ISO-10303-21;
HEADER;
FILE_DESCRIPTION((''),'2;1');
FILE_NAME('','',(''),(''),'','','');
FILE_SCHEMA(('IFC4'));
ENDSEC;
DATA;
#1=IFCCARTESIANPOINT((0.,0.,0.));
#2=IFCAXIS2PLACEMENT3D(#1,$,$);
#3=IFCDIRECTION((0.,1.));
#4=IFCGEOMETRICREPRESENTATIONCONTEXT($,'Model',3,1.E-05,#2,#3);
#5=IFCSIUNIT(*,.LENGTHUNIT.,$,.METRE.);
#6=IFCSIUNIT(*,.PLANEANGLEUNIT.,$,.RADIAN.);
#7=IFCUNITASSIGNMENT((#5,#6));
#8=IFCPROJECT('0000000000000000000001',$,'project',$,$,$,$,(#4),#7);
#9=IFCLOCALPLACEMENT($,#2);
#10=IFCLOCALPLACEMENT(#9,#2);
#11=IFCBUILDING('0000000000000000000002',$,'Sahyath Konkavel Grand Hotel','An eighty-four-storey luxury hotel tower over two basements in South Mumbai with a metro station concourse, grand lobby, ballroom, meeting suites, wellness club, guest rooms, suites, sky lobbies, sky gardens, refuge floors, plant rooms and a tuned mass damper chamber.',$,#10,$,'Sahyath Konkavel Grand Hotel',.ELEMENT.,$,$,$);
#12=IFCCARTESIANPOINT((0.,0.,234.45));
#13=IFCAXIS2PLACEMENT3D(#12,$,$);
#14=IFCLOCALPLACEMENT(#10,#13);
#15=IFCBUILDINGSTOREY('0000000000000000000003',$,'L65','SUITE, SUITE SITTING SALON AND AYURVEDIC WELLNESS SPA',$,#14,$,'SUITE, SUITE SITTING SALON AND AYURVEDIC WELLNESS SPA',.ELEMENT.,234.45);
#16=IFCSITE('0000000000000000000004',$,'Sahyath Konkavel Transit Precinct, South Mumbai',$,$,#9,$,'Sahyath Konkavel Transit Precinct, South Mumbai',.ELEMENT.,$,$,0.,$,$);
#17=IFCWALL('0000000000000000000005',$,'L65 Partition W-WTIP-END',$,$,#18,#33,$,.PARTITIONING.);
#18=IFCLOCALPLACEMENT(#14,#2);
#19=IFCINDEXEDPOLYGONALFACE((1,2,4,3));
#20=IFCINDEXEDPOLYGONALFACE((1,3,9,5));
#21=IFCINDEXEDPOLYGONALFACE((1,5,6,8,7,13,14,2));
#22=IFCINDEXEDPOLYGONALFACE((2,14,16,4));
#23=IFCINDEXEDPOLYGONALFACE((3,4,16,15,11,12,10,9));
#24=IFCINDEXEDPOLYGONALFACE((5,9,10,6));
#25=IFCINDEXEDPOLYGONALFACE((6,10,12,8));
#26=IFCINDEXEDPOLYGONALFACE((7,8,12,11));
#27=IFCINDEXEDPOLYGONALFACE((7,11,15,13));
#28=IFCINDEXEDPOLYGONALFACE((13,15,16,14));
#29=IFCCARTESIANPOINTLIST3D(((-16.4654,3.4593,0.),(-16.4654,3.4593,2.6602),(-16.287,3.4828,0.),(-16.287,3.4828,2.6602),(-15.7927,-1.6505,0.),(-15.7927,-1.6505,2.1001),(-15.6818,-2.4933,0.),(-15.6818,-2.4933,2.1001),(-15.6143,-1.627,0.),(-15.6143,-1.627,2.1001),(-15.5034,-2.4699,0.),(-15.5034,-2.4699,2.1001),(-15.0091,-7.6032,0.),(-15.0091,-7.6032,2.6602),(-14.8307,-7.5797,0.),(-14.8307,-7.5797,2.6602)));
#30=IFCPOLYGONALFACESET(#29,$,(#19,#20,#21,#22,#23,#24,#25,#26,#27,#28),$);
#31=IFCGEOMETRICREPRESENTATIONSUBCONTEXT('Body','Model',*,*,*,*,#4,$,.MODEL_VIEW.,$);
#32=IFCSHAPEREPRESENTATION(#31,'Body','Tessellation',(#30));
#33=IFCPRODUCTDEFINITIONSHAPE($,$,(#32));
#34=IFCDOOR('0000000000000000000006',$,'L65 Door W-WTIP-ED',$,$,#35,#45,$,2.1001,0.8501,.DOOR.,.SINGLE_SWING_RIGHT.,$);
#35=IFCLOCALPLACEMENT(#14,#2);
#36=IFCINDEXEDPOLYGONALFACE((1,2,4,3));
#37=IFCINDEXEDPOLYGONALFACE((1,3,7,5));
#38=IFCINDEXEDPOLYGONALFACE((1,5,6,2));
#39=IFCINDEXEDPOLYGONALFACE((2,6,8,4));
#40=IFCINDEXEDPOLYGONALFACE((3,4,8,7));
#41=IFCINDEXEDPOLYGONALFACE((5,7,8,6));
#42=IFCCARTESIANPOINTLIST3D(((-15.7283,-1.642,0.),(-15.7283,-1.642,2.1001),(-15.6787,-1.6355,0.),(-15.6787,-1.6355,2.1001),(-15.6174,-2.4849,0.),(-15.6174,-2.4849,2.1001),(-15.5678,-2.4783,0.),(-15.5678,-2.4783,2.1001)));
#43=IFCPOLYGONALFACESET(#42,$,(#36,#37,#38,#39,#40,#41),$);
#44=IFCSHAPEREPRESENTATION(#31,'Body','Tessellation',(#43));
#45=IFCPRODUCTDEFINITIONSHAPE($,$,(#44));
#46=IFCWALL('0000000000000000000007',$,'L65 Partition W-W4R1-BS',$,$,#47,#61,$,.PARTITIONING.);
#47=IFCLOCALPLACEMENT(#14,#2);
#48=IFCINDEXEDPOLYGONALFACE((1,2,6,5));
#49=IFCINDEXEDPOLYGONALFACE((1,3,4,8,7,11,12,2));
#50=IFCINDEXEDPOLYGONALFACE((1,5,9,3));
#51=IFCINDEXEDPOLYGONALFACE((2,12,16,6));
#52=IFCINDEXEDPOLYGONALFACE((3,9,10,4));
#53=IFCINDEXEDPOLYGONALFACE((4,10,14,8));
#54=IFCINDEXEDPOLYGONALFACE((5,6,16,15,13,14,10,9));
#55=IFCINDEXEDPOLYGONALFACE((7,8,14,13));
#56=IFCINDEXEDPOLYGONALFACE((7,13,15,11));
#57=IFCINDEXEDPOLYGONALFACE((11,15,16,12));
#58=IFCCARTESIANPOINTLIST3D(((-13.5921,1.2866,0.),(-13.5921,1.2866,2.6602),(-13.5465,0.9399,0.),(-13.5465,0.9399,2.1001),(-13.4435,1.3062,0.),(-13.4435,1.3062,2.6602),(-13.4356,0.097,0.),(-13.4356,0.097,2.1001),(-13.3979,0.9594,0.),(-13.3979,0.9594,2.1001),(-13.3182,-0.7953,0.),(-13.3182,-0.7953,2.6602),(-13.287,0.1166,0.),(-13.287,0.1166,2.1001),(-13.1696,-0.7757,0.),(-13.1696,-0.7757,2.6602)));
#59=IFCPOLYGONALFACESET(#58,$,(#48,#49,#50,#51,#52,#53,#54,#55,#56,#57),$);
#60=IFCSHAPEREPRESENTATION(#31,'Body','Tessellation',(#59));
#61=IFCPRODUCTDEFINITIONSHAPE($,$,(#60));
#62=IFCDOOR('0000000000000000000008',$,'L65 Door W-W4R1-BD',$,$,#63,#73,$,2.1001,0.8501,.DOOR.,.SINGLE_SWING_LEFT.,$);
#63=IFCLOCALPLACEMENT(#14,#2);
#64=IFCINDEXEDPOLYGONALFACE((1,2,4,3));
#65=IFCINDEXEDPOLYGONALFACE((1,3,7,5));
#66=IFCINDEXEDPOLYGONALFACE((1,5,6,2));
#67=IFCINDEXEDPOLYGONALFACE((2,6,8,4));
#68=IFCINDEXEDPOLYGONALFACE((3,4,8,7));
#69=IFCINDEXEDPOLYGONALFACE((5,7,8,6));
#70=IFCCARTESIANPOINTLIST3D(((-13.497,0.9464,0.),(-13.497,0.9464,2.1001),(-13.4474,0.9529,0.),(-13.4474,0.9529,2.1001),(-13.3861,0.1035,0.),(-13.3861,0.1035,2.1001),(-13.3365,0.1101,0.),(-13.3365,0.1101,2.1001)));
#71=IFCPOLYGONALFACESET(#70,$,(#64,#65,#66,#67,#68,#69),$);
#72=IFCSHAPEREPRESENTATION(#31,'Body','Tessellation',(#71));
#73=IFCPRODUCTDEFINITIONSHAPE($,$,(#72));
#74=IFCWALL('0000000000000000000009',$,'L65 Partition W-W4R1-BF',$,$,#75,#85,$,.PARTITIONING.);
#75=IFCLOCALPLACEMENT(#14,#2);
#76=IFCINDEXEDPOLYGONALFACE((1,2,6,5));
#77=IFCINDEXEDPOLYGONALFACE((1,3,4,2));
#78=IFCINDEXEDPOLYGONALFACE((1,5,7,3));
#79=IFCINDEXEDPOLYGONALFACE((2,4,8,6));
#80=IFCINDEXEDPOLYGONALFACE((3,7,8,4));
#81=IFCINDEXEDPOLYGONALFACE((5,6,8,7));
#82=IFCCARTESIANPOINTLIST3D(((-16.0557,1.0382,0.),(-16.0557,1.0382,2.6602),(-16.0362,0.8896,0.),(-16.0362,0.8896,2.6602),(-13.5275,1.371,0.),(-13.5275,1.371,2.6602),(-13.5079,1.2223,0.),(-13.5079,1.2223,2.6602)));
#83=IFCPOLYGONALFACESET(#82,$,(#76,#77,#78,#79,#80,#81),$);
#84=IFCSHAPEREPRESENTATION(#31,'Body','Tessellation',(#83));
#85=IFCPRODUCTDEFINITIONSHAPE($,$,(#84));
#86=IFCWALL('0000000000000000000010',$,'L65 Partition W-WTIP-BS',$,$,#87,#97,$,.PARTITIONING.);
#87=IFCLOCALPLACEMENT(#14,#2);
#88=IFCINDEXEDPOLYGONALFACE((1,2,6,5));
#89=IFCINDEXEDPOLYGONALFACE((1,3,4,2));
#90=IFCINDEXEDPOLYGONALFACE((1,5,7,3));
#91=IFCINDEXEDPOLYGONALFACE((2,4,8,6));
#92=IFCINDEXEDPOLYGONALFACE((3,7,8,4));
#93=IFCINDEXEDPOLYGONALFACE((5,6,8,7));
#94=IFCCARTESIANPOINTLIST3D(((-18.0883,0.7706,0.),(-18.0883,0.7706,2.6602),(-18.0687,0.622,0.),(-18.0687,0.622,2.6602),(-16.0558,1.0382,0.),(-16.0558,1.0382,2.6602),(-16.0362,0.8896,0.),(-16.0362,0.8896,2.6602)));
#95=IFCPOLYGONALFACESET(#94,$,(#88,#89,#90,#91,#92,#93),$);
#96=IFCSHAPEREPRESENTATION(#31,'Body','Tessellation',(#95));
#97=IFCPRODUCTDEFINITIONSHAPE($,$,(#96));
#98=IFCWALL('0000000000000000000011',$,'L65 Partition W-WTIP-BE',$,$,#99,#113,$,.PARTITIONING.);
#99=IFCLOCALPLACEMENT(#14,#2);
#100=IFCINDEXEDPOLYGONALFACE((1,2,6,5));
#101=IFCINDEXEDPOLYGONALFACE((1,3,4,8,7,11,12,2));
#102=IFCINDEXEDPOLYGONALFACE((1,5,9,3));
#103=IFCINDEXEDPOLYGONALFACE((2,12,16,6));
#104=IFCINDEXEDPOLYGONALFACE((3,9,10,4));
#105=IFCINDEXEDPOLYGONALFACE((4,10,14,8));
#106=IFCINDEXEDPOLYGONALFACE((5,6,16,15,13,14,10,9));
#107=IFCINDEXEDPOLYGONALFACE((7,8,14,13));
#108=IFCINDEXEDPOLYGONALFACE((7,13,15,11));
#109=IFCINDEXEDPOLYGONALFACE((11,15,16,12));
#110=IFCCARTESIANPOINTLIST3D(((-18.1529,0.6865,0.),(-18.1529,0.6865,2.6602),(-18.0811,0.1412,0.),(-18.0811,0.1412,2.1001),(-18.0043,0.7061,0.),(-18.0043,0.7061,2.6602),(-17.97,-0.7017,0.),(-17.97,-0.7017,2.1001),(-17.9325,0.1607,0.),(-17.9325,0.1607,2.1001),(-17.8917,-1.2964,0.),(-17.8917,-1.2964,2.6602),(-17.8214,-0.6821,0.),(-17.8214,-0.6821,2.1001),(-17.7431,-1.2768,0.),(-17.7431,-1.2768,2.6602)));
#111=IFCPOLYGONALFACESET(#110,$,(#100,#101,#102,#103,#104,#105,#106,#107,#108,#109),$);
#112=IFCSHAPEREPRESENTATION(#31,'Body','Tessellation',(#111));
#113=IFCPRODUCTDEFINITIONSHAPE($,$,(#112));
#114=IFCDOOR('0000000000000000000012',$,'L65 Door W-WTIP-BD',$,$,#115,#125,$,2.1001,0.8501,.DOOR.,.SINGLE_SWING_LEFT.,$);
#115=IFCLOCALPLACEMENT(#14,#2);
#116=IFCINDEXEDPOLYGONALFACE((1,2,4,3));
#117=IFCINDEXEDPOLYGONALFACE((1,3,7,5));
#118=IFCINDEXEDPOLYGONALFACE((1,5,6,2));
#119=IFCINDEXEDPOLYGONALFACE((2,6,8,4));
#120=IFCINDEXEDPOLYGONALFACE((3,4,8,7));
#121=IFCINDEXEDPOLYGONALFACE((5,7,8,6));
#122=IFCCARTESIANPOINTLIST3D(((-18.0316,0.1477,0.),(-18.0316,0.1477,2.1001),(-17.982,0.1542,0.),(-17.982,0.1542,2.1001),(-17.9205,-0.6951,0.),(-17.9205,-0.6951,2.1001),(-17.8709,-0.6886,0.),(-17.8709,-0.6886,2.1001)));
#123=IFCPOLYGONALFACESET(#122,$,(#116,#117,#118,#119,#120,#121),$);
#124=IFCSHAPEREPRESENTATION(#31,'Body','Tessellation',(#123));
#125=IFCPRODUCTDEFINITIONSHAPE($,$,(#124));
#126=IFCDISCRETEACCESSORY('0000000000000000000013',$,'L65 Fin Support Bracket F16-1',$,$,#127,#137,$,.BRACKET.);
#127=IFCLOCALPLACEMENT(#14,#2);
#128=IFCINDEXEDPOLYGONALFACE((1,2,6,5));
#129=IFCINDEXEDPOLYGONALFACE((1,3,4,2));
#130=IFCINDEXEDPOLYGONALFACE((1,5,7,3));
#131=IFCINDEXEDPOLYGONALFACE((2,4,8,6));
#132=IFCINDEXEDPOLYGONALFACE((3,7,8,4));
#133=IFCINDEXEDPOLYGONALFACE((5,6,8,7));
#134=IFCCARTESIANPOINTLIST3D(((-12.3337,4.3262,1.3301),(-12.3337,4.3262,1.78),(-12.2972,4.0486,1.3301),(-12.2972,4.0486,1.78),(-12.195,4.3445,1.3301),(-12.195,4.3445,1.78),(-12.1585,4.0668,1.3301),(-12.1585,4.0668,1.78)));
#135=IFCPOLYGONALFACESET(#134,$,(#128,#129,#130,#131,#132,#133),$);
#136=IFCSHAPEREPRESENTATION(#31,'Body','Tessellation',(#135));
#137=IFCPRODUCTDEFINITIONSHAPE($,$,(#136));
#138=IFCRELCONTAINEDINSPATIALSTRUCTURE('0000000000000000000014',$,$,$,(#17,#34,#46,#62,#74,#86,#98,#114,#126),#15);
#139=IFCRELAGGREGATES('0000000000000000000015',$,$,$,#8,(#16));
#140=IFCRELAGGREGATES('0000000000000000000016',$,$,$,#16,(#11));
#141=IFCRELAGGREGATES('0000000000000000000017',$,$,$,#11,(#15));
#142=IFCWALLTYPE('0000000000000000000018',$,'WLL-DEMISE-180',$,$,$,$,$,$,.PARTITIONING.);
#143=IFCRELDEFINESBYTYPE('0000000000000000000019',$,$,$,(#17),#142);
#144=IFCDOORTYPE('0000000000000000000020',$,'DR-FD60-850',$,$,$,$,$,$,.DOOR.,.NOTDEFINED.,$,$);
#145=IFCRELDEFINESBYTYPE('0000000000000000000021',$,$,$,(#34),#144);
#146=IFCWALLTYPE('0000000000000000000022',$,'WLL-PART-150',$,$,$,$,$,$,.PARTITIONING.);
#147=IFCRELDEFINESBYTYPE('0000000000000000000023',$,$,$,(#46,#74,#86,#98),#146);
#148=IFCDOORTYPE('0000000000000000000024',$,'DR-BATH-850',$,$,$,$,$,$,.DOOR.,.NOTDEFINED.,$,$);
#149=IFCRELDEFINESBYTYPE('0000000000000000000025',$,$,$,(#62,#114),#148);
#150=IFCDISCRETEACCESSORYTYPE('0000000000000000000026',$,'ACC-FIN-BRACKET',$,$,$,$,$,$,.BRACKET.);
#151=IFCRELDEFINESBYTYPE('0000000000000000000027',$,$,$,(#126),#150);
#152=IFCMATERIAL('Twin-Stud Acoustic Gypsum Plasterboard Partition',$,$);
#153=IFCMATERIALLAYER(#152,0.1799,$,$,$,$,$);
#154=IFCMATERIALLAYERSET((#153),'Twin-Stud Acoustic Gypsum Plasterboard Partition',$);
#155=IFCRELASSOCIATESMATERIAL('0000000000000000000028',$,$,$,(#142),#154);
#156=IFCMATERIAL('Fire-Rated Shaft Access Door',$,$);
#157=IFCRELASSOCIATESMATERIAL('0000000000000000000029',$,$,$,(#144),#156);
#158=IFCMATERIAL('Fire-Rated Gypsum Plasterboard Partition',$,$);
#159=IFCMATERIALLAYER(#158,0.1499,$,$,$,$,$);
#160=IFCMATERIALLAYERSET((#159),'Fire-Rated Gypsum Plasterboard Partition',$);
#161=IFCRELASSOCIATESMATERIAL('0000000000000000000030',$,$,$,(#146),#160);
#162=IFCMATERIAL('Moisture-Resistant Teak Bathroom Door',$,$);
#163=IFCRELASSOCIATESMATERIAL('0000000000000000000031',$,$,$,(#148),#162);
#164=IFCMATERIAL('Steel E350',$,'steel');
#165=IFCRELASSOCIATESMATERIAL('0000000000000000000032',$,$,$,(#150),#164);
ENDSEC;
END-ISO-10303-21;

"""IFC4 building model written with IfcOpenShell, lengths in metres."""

from ifc_helpers import new_model, si_unit, direction, frame, frame_2d, origin, origin_2d, place, context, subcontext, project, spatial, rectangle, extrude, source, transform, mapped, material, layer, layer_set, type_object, element, fill, save


model = new_model("IFC4")

# Units and contexts
model_context = context("Model", 3, precision=1e-05, world=origin(), true_north=direction((0.0, 1.0)))
body_context = subcontext(model_context, "Body", "Model", "MODEL_VIEW")
ifc_project = project(units=[si_unit("LENGTHUNIT", "METRE"), si_unit("PLANEANGLEUNIT", "RADIAN")], contexts=[model_context])

# Site, building, storey
site_placement = place(None, origin())
site = spatial("IfcSite", under=ifc_project, at=site_placement, Name="Sahyath Konkavel Transit Precinct, South Mumbai", LongName="Sahyath Konkavel Transit Precinct, South Mumbai", CompositionType="ELEMENT", RefElevation=0.0)
building_placement = place(site_placement, origin())
building = spatial("IfcBuilding", under=site, at=building_placement, Name="Sahyath Konkavel Grand Hotel", Description="An eighty-four-storey luxury hotel tower over two basements in South Mumbai with a metro station concourse, grand lobby, ballroom, meeting suites, wellness club, guest rooms, suites, sky lobbies, sky gardens, refuge floors, plant rooms and a tuned mass damper chamber.", LongName="Sahyath Konkavel Grand Hotel", CompositionType="ELEMENT")
storey_placement = place(building_placement, frame((0.0, 0.0, 234.45)))
storey = spatial("IfcBuildingStorey", under=building, at=storey_placement, Name="L65", Description="SUITE, SUITE SITTING SALON AND AYURVEDIC WELLNESS SPA", LongName="SUITE, SUITE SITTING SALON AND AYURVEDIC WELLNESS SPA", CompositionType="ELEMENT", Elevation=234.45)

# Shared definitions
ifc_material_1 = material(Name="Steel E350", Category="steel")

# Walls, openings, doors
ifc_material_2 = material(Name="Twin-Stud Acoustic Gypsum Plasterboard Partition")
ifc_layer_1 = layer(ifc_material_2, 0.1799)
ifc_layer_set_1 = layer_set([ifc_layer_1], Name="Twin-Stud Acoustic Gypsum Plasterboard Partition")
wall_type_1 = type_object("IfcWallType", Name="WLL-DEMISE-180", PredefinedType="PARTITIONING", material=ifc_layer_set_1)
wall_1_placement = place(storey_placement, frame((-16.3762, 3.4712, 0.0), z_axis=(0.0, 0.0, 1.0), x_axis=(0.130517, -0.991446, 0.0)))
wall_1 = element("IfcWall", 1, at=wall_1_placement, inside=storey, type_object=wall_type_1, Name="L65 Partition W-WTIP-END", PredefinedType="PARTITIONING", context=body_context, shape_type="SweptSolid", body=[
    extrude(rectangle(XDim=11.158, YDim=0.1799, at=frame_2d((5.5791, 0.0))), origin(), (0.0, 0.0, 1.0), 2.6602),
])
opening_1_placement = place(wall_1_placement, frame((5.1541, 0.0, 0.0)))
opening_1 = element("IfcOpeningElement", 2, at=opening_1_placement, cuts=wall_1, PredefinedType="OPENING", context=body_context, shape_type="SweptSolid", body=[
    extrude(rectangle(XDim=0.8501, YDim=2.1001, at=frame_2d((0.425, 1.05))), frame((0.0, 0.1001, 0.0), z_axis=(0.0, -1.0, 0.0), x_axis=(1.0, 0.0, 0.0)), (0.0, 0.0, 1.0), 0.2),
])
ifc_material_3 = material(Name="Fire-Rated Shaft Access Door")
door_type_1 = type_object("IfcDoorType", Name="DR-FD60-850", OperationType="NOTDEFINED", PredefinedType="DOOR", material=ifc_material_3)
shared_shape_1 = source(origin(), body_context, "Body", "SweptSolid", [
    extrude(rectangle(XDim=0.8501, YDim=0.05, at=origin_2d()), origin(), (0.0, 0.0, 1.0), 2.1001),
])
door_1_placement = place(opening_1_placement, frame((0.425, 0.0, 0.0)))
door_1 = element("IfcDoor", 3, at=door_1_placement, inside=storey, type_object=door_type_1, Name="L65 Door W-WTIP-ED", OperationType="SINGLE_SWING_RIGHT", OverallHeight=2.1001, OverallWidth=0.8501, PredefinedType="DOOR", context=body_context, shape_type="MappedRepresentation", body=[
    mapped(shared_shape_1, transform((0.0, 0.0, 0.0), scale=1.0)),
])
fill(opening_1, door_1)
ifc_material_4 = material(Name="Fire-Rated Gypsum Plasterboard Partition")
ifc_layer_2 = layer(ifc_material_4, 0.1499)
ifc_layer_set_2 = layer_set([ifc_layer_2], Name="Fire-Rated Gypsum Plasterboard Partition")
wall_type_2 = type_object("IfcWallType", Name="WLL-PART-150", PredefinedType="PARTITIONING", material=ifc_layer_set_2)
wall_2_placement = place(storey_placement, frame((-13.2439, -0.7854, 0.0), z_axis=(0.0, 0.0, 1.0), x_axis=(-0.130442, 0.991456, 0.0)))
wall_2 = element("IfcWall", 4, at=wall_2_placement, inside=storey, type_object=wall_type_2, Name="L65 Partition W-W4R1-BS", PredefinedType="PARTITIONING", context=body_context, shape_type="SweptSolid", body=[
    extrude(rectangle(XDim=2.0999, YDim=0.1499, at=frame_2d((1.0498, 0.0))), origin(), (0.0, 0.0, 1.0), 2.6602),
])
opening_2_placement = place(wall_2_placement, frame((0.8999, 0.0, 0.0)))
opening_2 = element("IfcOpeningElement", 5, at=opening_2_placement, cuts=wall_2, PredefinedType="OPENING", context=body_context, shape_type="SweptSolid", body=[
    extrude(rectangle(XDim=0.8501, YDim=2.1001, at=frame_2d((0.425, 1.05))), frame((0.0, 0.085, 0.0), z_axis=(0.0, -1.0, 0.0), x_axis=(1.0, 0.0, 0.0)), (0.0, 0.0, 1.0), 0.1699),
])
ifc_material_5 = material(Name="Moisture-Resistant Teak Bathroom Door")
door_type_2 = type_object("IfcDoorType", Name="DR-BATH-850", OperationType="NOTDEFINED", PredefinedType="DOOR", material=ifc_material_5)
door_2_placement = place(opening_2_placement, frame((0.425, 0.0, 0.0)))
door_2 = element("IfcDoor", 6, at=door_2_placement, inside=storey, type_object=door_type_2, Name="L65 Door W-W4R1-BD", OperationType="SINGLE_SWING_LEFT", OverallHeight=2.1001, OverallWidth=0.8501, PredefinedType="DOOR", context=body_context, shape_type="MappedRepresentation", body=[
    mapped(shared_shape_1, transform((0.0, 0.0, 0.0), scale=1.0)),
])
fill(opening_2, door_2)

# Walls
wall_3_placement = place(storey_placement, frame((-13.5178, 1.2966, 0.0), z_axis=(0.0, 0.0, 1.0), x_axis=(-0.99145, -0.130489, 0.0)))
element("IfcWall", 7, at=wall_3_placement, inside=storey, type_object=wall_type_2, Name="L65 Partition W-W4R1-BF", PredefinedType="PARTITIONING", context=body_context, shape_type="SweptSolid", body=[
    extrude(rectangle(XDim=2.55, YDim=0.1499, at=frame_2d((1.2749, 0.0))), origin(), (0.0, 0.0, 1.0), 2.6602),
])
wall_4_placement = place(storey_placement, frame((-16.0461, 0.9639, 0.0), z_axis=(0.0, 0.0, 1.0), x_axis=(-0.991445, -0.130525, 0.0)))
element("IfcWall", 8, at=wall_4_placement, inside=storey, type_object=wall_type_2, Name="L65 Partition W-WTIP-BS", PredefinedType="PARTITIONING", context=body_context, shape_type="SweptSolid", body=[
    extrude(rectangle(XDim=2.05, YDim=0.1499, at=frame_2d((1.0249, 0.0))), origin(), (0.0, 0.0, 1.0), 2.6602),
])

# Wall, opening, door
wall_5_placement = place(storey_placement, frame((-18.0786, 0.6963, 0.0), z_axis=(0.0, 0.0, 1.0), x_axis=(0.130612, -0.991434, 0.0)))
wall_5 = element("IfcWall", 9, at=wall_5_placement, inside=storey, type_object=wall_type_2, Name="L65 Partition W-WTIP-BE", PredefinedType="PARTITIONING", context=body_context, shape_type="SweptSolid", body=[
    extrude(rectangle(XDim=2.0, YDim=0.1499, at=frame_2d((1.0, 0.0))), origin(), (0.0, 0.0, 1.0), 2.6602),
])
opening_3_placement = place(wall_5_placement, frame((0.55, 0.0, 0.0)))
opening_3 = element("IfcOpeningElement", 10, at=opening_3_placement, cuts=wall_5, PredefinedType="OPENING", context=body_context, shape_type="SweptSolid", body=[
    extrude(rectangle(XDim=0.8501, YDim=2.1001, at=frame_2d((0.425, 1.05))), frame((0.0, 0.085, 0.0), z_axis=(0.0, -1.0, 0.0), x_axis=(1.0, 0.0, 0.0)), (0.0, 0.0, 1.0), 0.1699),
])
door_3_placement = place(opening_3_placement, frame((0.425, 0.0, 0.0)))
door_3 = element("IfcDoor", 11, at=door_3_placement, inside=storey, type_object=door_type_2, Name="L65 Door W-WTIP-BD", OperationType="SINGLE_SWING_LEFT", OverallHeight=2.1001, OverallWidth=0.8501, PredefinedType="DOOR", context=body_context, shape_type="MappedRepresentation", body=[
    mapped(shared_shape_1, transform((0.0, 0.0, 0.0), scale=1.0)),
])
fill(opening_3, door_3)

# Discrete accessory
discrete_accessory_type = type_object("IfcDiscreteAccessoryType", Name="ACC-FIN-BRACKET", PredefinedType="BRACKET", material=ifc_material_1)
shared_shape_2 = source(origin(), body_context, "Body", "SweptSolid", [
    extrude(rectangle(XDim=0.28, YDim=0.1399, at=origin_2d()), origin(), (0.0, 0.0, 1.0), 0.45),
])
discrete_accessory_placement = place(storey_placement, frame((-12.2461, 4.1965, 1.3301), z_axis=(0.0, 0.0, 1.0), x_axis=(-0.130526, 0.991445, 0.0)))
element("IfcDiscreteAccessory", 12, at=discrete_accessory_placement, inside=storey, type_object=discrete_accessory_type, Name="L65 Fin Support Bracket F16-1", PredefinedType="BRACKET", context=body_context, shape_type="MappedRepresentation", body=[
    mapped(shared_shape_2, transform((0.0, 0.0, 0.0), scale=1.0)),
])

save(model, "model.ifc")
